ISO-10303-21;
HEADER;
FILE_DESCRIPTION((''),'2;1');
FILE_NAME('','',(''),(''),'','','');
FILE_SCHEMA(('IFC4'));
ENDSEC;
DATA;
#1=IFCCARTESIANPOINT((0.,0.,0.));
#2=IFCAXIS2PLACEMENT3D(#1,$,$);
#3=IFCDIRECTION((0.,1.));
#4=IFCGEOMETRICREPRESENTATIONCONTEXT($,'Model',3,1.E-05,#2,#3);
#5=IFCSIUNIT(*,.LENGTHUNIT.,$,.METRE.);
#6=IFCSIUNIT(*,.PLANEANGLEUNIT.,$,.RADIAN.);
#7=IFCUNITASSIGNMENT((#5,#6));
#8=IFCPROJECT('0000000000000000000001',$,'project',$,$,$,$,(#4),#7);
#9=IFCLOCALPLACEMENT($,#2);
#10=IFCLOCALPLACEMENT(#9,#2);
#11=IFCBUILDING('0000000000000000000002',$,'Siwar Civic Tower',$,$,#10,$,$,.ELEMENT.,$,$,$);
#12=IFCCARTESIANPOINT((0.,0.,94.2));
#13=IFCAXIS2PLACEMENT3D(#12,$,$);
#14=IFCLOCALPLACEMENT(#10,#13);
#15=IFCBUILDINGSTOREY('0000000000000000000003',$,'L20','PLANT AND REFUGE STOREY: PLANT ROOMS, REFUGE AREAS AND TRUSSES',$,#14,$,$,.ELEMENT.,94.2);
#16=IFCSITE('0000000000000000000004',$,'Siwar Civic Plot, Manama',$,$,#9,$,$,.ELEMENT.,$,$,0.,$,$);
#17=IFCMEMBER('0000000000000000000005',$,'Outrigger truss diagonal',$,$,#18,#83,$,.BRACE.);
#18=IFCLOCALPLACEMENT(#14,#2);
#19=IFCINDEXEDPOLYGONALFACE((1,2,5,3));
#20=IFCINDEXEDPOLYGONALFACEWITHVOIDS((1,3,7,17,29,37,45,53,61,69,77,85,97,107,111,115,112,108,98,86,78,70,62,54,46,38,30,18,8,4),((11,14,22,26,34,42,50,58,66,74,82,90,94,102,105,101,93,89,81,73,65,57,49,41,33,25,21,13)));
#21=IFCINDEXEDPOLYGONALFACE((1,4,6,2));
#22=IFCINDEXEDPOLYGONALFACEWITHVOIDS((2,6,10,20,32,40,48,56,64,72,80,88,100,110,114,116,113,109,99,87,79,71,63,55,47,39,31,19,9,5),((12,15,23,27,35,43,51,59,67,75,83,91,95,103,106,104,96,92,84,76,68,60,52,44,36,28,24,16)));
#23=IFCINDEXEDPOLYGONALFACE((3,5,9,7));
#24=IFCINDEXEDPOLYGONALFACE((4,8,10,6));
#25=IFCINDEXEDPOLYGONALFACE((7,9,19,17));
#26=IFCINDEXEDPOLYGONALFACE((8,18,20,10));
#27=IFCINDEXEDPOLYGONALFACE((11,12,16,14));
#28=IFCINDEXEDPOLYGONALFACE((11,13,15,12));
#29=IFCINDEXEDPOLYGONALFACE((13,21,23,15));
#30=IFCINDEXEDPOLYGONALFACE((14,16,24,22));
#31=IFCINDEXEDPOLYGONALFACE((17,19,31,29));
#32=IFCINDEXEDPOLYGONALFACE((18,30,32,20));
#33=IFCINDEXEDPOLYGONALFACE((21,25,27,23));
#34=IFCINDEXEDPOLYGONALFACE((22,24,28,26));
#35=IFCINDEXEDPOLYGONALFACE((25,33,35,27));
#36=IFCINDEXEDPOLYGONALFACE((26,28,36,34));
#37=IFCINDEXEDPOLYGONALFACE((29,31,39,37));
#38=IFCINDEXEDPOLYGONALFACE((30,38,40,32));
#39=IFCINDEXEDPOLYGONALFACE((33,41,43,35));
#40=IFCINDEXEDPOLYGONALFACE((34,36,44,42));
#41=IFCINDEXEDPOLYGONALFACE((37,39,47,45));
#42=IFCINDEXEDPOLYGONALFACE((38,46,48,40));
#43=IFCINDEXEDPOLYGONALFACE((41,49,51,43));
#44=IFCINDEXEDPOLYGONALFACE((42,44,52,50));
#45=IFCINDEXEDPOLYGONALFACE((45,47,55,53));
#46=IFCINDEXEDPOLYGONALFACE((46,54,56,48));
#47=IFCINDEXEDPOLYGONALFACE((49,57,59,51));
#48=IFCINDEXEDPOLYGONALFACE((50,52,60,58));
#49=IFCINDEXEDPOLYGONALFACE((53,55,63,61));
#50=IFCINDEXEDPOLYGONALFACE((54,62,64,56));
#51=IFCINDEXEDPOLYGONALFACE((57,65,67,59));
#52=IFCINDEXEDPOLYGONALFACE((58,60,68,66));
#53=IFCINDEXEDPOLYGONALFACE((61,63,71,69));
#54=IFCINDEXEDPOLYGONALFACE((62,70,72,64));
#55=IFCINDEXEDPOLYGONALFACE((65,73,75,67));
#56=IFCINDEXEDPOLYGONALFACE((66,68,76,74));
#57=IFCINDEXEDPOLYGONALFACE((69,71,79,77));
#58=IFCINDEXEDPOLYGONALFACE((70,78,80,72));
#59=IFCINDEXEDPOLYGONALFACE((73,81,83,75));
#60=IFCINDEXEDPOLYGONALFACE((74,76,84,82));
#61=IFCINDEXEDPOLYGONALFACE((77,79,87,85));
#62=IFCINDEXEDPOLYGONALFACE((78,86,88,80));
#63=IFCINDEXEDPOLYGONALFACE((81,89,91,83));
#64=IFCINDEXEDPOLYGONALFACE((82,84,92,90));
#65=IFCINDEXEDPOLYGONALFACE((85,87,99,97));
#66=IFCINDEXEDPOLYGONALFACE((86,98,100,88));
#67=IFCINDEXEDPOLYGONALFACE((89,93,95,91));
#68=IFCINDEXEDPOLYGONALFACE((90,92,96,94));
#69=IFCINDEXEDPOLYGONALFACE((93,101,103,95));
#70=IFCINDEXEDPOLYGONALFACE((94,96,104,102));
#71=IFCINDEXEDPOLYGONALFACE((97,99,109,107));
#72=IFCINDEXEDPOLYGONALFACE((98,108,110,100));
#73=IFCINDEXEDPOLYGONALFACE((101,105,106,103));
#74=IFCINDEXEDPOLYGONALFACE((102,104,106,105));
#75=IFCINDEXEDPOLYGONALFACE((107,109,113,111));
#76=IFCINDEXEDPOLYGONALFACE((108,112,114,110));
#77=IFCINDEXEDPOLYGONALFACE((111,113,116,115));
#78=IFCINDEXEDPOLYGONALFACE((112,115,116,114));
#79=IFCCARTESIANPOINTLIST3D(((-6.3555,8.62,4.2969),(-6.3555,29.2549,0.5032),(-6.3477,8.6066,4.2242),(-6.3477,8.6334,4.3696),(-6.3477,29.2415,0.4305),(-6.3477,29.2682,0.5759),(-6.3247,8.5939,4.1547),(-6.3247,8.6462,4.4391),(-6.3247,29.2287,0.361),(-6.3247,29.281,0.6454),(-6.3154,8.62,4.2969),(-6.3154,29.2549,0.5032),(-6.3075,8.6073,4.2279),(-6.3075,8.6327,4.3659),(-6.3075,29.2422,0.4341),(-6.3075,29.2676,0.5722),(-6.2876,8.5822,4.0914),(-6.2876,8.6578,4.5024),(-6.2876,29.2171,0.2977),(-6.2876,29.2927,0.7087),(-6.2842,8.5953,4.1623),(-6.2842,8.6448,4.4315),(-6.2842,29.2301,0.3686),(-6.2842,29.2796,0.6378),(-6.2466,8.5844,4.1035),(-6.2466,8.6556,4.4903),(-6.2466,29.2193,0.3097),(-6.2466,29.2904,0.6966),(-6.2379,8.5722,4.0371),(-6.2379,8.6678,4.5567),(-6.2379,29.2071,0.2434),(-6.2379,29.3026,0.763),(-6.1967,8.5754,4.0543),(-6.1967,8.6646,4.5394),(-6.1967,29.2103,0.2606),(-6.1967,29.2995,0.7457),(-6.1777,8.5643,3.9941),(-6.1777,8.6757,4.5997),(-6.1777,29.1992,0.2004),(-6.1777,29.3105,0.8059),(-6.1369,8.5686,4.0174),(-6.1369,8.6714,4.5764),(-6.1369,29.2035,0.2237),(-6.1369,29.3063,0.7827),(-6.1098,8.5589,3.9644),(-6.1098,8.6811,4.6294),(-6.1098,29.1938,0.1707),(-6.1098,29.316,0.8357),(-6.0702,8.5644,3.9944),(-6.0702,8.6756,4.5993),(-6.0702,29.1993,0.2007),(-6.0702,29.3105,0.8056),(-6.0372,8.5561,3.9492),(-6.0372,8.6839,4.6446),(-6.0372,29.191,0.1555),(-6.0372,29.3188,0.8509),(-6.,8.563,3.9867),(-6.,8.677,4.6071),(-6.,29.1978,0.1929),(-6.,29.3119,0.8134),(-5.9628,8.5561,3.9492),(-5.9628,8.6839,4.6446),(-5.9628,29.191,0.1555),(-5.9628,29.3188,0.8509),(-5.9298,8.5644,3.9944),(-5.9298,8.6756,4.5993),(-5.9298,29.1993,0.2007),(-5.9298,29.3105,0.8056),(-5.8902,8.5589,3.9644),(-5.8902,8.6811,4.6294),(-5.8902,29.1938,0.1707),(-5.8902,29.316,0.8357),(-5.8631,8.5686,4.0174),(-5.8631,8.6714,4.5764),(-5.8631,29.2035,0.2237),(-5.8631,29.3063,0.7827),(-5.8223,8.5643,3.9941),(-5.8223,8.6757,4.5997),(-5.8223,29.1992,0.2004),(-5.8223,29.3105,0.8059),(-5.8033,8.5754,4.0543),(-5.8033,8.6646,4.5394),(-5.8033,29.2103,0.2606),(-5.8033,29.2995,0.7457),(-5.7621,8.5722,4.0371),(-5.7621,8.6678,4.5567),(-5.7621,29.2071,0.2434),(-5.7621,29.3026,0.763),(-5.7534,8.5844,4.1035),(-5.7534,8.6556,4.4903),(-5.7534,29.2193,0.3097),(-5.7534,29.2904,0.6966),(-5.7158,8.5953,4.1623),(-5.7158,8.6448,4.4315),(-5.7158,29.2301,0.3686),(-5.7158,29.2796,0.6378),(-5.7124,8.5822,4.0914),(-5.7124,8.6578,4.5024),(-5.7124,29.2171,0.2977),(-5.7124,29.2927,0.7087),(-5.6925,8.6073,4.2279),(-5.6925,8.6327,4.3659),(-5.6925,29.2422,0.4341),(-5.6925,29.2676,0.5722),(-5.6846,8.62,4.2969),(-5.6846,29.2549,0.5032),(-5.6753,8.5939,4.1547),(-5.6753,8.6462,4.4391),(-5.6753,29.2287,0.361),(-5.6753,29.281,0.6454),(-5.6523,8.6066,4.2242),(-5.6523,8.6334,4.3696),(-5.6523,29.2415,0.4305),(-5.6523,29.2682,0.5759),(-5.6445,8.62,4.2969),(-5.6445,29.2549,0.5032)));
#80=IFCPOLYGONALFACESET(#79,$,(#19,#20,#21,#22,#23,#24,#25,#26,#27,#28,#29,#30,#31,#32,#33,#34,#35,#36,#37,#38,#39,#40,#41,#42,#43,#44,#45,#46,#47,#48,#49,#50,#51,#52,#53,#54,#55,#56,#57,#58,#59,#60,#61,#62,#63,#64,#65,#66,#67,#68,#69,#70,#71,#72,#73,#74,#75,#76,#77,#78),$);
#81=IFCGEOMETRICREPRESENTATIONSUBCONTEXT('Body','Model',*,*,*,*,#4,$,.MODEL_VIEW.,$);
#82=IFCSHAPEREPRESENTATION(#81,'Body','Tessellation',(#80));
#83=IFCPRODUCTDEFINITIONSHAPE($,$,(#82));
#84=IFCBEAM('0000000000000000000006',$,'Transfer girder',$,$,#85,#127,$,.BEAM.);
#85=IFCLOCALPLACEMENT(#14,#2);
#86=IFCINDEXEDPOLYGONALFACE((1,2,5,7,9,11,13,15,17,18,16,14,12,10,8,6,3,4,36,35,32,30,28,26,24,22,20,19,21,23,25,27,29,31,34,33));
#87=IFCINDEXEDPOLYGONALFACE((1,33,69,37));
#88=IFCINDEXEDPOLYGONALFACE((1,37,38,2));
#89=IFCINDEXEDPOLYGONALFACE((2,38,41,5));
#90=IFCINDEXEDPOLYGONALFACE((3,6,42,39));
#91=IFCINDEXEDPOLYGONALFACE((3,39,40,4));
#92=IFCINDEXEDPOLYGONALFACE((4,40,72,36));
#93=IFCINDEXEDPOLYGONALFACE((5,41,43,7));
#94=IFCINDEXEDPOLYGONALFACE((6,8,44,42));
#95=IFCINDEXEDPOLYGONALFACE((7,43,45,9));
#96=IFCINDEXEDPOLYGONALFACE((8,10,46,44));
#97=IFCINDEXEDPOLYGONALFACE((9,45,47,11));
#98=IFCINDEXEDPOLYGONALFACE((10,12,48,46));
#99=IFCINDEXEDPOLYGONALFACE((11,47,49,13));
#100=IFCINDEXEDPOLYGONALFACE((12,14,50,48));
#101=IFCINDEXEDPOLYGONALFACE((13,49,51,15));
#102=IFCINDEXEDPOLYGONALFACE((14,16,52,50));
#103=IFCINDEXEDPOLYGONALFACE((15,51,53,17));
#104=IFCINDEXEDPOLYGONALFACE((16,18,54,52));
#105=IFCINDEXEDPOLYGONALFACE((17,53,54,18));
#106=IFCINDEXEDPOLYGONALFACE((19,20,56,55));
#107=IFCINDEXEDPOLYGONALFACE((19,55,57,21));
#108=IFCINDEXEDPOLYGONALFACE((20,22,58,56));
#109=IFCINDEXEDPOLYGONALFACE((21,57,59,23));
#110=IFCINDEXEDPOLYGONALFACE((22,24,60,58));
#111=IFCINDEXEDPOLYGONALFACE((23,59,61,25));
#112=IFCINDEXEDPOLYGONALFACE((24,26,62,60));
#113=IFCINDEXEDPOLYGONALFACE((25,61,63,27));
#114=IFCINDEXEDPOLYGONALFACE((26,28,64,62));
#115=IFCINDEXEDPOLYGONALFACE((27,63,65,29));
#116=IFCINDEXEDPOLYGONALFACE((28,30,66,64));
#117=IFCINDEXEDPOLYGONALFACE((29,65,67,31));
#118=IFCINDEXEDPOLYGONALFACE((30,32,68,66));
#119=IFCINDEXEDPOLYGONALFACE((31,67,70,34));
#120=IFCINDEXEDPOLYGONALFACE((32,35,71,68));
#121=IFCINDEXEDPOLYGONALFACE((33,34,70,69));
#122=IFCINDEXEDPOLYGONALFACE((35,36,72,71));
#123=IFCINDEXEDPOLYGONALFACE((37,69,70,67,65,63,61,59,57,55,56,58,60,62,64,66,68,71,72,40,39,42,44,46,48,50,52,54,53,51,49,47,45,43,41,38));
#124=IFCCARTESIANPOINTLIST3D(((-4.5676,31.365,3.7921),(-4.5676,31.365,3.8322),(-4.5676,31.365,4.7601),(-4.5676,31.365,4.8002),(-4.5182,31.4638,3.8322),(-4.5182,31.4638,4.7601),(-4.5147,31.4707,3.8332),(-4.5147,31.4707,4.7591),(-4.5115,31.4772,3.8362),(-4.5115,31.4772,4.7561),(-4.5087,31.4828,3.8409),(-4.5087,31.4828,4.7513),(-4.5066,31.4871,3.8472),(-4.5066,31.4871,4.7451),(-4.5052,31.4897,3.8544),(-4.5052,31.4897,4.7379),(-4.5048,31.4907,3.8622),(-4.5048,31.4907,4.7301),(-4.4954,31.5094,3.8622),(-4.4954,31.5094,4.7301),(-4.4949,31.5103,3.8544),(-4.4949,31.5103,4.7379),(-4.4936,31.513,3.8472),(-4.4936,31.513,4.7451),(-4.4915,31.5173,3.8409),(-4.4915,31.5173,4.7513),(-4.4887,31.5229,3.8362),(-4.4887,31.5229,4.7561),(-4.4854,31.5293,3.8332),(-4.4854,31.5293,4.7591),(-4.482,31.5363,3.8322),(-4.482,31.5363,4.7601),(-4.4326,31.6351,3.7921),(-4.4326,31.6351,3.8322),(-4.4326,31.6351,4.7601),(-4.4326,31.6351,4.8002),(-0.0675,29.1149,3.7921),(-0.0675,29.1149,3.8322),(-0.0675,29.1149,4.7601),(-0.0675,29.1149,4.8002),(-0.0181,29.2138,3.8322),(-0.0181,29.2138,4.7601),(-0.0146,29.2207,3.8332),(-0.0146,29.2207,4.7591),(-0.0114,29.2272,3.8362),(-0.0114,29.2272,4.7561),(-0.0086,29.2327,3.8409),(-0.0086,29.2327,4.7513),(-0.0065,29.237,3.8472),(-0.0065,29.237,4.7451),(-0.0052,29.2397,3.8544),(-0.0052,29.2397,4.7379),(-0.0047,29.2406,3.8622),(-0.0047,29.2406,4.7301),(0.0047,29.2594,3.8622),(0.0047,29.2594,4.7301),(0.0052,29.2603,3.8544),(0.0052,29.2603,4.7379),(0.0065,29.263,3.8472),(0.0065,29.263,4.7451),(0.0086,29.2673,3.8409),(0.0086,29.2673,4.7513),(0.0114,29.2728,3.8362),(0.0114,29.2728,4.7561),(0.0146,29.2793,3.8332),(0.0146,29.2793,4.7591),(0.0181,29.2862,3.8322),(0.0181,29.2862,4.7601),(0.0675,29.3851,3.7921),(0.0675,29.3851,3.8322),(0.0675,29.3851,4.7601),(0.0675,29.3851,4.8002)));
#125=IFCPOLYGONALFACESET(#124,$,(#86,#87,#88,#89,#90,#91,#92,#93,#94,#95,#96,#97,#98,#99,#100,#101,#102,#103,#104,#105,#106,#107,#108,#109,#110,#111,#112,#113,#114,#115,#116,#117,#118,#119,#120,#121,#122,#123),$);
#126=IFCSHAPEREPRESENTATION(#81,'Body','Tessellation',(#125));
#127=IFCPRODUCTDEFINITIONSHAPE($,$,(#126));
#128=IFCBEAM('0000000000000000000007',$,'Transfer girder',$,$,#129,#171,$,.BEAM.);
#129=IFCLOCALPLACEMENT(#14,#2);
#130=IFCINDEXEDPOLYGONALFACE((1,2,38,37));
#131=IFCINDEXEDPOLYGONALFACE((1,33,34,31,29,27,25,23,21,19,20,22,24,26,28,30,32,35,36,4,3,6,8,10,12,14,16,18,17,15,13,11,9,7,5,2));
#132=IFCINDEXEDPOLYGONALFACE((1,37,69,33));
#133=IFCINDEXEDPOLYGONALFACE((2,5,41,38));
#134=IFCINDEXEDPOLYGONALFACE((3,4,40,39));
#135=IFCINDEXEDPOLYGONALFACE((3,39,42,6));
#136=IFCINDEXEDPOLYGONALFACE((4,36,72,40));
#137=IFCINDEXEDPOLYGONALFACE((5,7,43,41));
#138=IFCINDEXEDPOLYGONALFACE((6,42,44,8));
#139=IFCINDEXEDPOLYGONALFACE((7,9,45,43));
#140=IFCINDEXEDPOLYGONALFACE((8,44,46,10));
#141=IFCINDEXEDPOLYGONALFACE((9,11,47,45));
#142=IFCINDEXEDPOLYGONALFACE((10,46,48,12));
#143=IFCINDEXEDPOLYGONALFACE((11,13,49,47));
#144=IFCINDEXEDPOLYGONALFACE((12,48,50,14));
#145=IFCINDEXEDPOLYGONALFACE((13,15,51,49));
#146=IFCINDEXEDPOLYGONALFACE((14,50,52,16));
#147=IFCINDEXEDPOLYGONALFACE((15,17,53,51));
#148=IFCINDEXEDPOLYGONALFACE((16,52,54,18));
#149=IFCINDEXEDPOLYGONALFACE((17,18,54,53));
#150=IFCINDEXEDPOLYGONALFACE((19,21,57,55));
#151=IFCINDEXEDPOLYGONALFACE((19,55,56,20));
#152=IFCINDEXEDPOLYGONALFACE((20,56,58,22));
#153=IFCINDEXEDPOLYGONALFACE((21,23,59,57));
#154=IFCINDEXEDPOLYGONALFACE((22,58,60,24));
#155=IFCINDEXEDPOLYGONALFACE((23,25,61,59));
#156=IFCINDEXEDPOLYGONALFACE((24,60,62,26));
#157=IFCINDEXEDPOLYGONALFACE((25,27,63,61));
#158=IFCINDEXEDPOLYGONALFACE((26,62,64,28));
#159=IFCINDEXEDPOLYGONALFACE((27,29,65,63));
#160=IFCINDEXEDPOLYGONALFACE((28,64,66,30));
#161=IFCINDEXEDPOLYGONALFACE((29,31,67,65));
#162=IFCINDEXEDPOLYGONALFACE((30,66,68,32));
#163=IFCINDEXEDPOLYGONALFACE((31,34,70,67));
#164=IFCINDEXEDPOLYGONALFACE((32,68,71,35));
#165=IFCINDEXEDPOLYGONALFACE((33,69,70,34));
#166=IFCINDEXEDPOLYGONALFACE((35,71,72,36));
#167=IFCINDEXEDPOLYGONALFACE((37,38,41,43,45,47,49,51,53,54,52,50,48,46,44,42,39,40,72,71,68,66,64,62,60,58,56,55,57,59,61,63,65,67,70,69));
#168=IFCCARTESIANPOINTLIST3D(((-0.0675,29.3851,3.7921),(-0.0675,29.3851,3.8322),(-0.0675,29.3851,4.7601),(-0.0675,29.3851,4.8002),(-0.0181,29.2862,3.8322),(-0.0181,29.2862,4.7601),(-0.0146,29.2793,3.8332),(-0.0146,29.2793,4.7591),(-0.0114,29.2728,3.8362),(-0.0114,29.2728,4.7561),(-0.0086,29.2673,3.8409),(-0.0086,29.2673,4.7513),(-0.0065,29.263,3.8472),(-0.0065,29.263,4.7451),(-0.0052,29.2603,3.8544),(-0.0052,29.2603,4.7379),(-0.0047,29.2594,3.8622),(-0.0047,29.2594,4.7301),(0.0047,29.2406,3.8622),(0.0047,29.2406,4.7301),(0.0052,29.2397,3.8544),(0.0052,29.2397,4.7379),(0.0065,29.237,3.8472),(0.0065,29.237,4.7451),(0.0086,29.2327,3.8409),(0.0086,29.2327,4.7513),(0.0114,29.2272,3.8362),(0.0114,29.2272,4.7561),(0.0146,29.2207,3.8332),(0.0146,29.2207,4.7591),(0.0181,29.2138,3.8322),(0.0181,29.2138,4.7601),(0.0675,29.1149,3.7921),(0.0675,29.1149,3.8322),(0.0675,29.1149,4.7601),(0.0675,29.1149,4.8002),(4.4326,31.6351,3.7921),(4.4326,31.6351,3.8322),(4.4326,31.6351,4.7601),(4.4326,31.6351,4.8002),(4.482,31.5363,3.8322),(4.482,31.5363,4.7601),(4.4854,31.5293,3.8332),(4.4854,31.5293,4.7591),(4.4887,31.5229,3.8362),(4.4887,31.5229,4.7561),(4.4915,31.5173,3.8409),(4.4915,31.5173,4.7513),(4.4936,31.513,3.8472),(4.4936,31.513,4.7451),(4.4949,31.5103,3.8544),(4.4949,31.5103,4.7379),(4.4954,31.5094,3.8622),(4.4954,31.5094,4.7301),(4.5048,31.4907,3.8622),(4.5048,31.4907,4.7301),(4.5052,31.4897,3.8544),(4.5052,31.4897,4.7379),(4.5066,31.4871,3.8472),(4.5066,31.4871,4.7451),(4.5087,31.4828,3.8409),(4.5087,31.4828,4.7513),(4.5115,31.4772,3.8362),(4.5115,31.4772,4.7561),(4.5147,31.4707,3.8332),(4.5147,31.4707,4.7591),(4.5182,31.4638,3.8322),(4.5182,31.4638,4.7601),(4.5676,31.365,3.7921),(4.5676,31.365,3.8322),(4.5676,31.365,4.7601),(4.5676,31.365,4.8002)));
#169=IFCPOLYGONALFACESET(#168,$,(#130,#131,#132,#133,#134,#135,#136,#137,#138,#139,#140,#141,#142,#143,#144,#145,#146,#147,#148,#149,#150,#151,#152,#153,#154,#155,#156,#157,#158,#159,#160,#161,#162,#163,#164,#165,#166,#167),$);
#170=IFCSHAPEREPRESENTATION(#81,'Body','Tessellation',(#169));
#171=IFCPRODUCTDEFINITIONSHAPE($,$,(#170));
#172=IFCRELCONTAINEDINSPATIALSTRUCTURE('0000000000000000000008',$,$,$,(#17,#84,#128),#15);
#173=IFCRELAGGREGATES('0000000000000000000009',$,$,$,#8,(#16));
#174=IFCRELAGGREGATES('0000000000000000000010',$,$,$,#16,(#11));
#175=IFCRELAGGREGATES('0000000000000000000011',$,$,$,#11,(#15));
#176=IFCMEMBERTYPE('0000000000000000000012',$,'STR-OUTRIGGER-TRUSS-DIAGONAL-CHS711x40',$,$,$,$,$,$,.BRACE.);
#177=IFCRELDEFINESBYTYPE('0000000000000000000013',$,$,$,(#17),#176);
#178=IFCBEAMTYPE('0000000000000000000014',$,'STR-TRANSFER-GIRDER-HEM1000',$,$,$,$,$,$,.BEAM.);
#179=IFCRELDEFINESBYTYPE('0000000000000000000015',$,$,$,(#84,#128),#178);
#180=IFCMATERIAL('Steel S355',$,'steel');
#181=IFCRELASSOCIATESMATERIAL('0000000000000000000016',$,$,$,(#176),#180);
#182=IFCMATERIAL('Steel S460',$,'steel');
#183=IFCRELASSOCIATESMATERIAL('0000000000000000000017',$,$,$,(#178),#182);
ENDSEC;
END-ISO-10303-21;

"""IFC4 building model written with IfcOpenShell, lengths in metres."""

from ifc_helpers import new_model, si_unit, direction, frame, origin, origin_2d, place, context, subcontext, project, spatial, hollow_circle, i_section, extrude, material, material_profile, profile_set, type_object, element, save


model = new_model("IFC4")

# Units and contexts
model_context = context("Model", 3, precision=1e-05, world=origin(), true_north=direction((0.0, 1.0)))
body_context = subcontext(model_context, "Body", "Model", "MODEL_VIEW")
ifc_project = project(units=[si_unit("LENGTHUNIT", "METRE"), si_unit("PLANEANGLEUNIT", "RADIAN")], contexts=[model_context])

# Site, building, storey
site_placement = place(None, origin())
site = spatial("IfcSite", under=ifc_project, at=site_placement, Name="Siwar Civic Plot, Manama", CompositionType="ELEMENT", RefElevation=0.0)
building_placement = place(site_placement, origin())
building = spatial("IfcBuilding", under=site, at=building_placement, Name="Siwar Civic Tower", CompositionType="ELEMENT")
storey_placement = place(building_placement, frame((0.0, 0.0, 94.2)))
storey = spatial("IfcBuildingStorey", under=building, at=storey_placement, Name="L20", Description="PLANT AND REFUGE STOREY: PLANT ROOMS, REFUGE AREAS AND TRUSSES", CompositionType="ELEMENT", Elevation=94.2)

# Member
ifc_material_1 = material(Name="Steel S355", Category="steel")
ifc_material_profile_1 = material_profile(ifc_material_1, hollow_circle(Radius=0.3555, WallThickness=0.04, at=origin_2d()), Name="CHS711x40")
ifc_profile_set_1 = profile_set([ifc_material_profile_1], Name="Steel S355")
member_type_1 = type_object("IfcMemberType", Name="STR-OUTRIGGER-TRUSS-DIAGONAL-CHS711x40", PredefinedType="BRACE", material=ifc_profile_set_1)
member_1_placement = place(storey_placement, frame((-6.0, 29.2549, 0.5032), z_axis=(0.0, -0.983516, 0.180819), x_axis=(1.0, 0.0, 0.0)))
element("IfcMember", 1, at=member_1_placement, inside=storey, type_object=member_type_1, Name="Outrigger truss diagonal", PredefinedType="BRACE", context=body_context, shape_type="SweptSolid", body=[
    extrude(hollow_circle(Radius=0.3555, WallThickness=0.04, at=origin_2d()), origin(), (0.0, 0.0, 1.0), 20.9807),
])

# Beams
ifc_material_2 = material(Name="Steel S460", Category="steel")
ifc_material_profile_2 = material_profile(ifc_material_2, i_section(OverallWidth=0.302, OverallDepth=1.0081, WebThickness=0.021, FlangeThickness=0.04, FilletRadius=0.03, at=origin_2d()), Name="HEM1000")
ifc_profile_set_2 = profile_set([ifc_material_profile_2], Name="Steel S460")
beam_type_1 = type_object("IfcBeamType", Name="STR-TRANSFER-GIRDER-HEM1000", PredefinedType="BEAM", material=ifc_profile_set_2)
for number, where, z_axis, x_axis, name in (
    (2, (0.0, 29.25, 4.2961), (-0.894427, 0.447214, 0.0), (-0.447214, -0.894427, 0.0), "Transfer girder"),
    (3, (0.0, 29.25, 4.2961), (0.894427, 0.447214, 0.0), (-0.447214, 0.894427, 0.0), "Transfer girder"),
):
    element("IfcBeam", number, at=place(storey_placement, frame(where, z_axis=z_axis, x_axis=x_axis)), inside=storey, type_object=beam_type_1, Name=name, PredefinedType="BEAM", context=body_context, shape_type="SweptSolid", body=[
        extrude(i_section(OverallWidth=0.302, OverallDepth=1.0081, WebThickness=0.021, FlangeThickness=0.04, FilletRadius=0.03, at=origin_2d()), origin(), (0.0, 0.0, 1.0), 5.0312),
    ])

save(model, "model.ifc")
